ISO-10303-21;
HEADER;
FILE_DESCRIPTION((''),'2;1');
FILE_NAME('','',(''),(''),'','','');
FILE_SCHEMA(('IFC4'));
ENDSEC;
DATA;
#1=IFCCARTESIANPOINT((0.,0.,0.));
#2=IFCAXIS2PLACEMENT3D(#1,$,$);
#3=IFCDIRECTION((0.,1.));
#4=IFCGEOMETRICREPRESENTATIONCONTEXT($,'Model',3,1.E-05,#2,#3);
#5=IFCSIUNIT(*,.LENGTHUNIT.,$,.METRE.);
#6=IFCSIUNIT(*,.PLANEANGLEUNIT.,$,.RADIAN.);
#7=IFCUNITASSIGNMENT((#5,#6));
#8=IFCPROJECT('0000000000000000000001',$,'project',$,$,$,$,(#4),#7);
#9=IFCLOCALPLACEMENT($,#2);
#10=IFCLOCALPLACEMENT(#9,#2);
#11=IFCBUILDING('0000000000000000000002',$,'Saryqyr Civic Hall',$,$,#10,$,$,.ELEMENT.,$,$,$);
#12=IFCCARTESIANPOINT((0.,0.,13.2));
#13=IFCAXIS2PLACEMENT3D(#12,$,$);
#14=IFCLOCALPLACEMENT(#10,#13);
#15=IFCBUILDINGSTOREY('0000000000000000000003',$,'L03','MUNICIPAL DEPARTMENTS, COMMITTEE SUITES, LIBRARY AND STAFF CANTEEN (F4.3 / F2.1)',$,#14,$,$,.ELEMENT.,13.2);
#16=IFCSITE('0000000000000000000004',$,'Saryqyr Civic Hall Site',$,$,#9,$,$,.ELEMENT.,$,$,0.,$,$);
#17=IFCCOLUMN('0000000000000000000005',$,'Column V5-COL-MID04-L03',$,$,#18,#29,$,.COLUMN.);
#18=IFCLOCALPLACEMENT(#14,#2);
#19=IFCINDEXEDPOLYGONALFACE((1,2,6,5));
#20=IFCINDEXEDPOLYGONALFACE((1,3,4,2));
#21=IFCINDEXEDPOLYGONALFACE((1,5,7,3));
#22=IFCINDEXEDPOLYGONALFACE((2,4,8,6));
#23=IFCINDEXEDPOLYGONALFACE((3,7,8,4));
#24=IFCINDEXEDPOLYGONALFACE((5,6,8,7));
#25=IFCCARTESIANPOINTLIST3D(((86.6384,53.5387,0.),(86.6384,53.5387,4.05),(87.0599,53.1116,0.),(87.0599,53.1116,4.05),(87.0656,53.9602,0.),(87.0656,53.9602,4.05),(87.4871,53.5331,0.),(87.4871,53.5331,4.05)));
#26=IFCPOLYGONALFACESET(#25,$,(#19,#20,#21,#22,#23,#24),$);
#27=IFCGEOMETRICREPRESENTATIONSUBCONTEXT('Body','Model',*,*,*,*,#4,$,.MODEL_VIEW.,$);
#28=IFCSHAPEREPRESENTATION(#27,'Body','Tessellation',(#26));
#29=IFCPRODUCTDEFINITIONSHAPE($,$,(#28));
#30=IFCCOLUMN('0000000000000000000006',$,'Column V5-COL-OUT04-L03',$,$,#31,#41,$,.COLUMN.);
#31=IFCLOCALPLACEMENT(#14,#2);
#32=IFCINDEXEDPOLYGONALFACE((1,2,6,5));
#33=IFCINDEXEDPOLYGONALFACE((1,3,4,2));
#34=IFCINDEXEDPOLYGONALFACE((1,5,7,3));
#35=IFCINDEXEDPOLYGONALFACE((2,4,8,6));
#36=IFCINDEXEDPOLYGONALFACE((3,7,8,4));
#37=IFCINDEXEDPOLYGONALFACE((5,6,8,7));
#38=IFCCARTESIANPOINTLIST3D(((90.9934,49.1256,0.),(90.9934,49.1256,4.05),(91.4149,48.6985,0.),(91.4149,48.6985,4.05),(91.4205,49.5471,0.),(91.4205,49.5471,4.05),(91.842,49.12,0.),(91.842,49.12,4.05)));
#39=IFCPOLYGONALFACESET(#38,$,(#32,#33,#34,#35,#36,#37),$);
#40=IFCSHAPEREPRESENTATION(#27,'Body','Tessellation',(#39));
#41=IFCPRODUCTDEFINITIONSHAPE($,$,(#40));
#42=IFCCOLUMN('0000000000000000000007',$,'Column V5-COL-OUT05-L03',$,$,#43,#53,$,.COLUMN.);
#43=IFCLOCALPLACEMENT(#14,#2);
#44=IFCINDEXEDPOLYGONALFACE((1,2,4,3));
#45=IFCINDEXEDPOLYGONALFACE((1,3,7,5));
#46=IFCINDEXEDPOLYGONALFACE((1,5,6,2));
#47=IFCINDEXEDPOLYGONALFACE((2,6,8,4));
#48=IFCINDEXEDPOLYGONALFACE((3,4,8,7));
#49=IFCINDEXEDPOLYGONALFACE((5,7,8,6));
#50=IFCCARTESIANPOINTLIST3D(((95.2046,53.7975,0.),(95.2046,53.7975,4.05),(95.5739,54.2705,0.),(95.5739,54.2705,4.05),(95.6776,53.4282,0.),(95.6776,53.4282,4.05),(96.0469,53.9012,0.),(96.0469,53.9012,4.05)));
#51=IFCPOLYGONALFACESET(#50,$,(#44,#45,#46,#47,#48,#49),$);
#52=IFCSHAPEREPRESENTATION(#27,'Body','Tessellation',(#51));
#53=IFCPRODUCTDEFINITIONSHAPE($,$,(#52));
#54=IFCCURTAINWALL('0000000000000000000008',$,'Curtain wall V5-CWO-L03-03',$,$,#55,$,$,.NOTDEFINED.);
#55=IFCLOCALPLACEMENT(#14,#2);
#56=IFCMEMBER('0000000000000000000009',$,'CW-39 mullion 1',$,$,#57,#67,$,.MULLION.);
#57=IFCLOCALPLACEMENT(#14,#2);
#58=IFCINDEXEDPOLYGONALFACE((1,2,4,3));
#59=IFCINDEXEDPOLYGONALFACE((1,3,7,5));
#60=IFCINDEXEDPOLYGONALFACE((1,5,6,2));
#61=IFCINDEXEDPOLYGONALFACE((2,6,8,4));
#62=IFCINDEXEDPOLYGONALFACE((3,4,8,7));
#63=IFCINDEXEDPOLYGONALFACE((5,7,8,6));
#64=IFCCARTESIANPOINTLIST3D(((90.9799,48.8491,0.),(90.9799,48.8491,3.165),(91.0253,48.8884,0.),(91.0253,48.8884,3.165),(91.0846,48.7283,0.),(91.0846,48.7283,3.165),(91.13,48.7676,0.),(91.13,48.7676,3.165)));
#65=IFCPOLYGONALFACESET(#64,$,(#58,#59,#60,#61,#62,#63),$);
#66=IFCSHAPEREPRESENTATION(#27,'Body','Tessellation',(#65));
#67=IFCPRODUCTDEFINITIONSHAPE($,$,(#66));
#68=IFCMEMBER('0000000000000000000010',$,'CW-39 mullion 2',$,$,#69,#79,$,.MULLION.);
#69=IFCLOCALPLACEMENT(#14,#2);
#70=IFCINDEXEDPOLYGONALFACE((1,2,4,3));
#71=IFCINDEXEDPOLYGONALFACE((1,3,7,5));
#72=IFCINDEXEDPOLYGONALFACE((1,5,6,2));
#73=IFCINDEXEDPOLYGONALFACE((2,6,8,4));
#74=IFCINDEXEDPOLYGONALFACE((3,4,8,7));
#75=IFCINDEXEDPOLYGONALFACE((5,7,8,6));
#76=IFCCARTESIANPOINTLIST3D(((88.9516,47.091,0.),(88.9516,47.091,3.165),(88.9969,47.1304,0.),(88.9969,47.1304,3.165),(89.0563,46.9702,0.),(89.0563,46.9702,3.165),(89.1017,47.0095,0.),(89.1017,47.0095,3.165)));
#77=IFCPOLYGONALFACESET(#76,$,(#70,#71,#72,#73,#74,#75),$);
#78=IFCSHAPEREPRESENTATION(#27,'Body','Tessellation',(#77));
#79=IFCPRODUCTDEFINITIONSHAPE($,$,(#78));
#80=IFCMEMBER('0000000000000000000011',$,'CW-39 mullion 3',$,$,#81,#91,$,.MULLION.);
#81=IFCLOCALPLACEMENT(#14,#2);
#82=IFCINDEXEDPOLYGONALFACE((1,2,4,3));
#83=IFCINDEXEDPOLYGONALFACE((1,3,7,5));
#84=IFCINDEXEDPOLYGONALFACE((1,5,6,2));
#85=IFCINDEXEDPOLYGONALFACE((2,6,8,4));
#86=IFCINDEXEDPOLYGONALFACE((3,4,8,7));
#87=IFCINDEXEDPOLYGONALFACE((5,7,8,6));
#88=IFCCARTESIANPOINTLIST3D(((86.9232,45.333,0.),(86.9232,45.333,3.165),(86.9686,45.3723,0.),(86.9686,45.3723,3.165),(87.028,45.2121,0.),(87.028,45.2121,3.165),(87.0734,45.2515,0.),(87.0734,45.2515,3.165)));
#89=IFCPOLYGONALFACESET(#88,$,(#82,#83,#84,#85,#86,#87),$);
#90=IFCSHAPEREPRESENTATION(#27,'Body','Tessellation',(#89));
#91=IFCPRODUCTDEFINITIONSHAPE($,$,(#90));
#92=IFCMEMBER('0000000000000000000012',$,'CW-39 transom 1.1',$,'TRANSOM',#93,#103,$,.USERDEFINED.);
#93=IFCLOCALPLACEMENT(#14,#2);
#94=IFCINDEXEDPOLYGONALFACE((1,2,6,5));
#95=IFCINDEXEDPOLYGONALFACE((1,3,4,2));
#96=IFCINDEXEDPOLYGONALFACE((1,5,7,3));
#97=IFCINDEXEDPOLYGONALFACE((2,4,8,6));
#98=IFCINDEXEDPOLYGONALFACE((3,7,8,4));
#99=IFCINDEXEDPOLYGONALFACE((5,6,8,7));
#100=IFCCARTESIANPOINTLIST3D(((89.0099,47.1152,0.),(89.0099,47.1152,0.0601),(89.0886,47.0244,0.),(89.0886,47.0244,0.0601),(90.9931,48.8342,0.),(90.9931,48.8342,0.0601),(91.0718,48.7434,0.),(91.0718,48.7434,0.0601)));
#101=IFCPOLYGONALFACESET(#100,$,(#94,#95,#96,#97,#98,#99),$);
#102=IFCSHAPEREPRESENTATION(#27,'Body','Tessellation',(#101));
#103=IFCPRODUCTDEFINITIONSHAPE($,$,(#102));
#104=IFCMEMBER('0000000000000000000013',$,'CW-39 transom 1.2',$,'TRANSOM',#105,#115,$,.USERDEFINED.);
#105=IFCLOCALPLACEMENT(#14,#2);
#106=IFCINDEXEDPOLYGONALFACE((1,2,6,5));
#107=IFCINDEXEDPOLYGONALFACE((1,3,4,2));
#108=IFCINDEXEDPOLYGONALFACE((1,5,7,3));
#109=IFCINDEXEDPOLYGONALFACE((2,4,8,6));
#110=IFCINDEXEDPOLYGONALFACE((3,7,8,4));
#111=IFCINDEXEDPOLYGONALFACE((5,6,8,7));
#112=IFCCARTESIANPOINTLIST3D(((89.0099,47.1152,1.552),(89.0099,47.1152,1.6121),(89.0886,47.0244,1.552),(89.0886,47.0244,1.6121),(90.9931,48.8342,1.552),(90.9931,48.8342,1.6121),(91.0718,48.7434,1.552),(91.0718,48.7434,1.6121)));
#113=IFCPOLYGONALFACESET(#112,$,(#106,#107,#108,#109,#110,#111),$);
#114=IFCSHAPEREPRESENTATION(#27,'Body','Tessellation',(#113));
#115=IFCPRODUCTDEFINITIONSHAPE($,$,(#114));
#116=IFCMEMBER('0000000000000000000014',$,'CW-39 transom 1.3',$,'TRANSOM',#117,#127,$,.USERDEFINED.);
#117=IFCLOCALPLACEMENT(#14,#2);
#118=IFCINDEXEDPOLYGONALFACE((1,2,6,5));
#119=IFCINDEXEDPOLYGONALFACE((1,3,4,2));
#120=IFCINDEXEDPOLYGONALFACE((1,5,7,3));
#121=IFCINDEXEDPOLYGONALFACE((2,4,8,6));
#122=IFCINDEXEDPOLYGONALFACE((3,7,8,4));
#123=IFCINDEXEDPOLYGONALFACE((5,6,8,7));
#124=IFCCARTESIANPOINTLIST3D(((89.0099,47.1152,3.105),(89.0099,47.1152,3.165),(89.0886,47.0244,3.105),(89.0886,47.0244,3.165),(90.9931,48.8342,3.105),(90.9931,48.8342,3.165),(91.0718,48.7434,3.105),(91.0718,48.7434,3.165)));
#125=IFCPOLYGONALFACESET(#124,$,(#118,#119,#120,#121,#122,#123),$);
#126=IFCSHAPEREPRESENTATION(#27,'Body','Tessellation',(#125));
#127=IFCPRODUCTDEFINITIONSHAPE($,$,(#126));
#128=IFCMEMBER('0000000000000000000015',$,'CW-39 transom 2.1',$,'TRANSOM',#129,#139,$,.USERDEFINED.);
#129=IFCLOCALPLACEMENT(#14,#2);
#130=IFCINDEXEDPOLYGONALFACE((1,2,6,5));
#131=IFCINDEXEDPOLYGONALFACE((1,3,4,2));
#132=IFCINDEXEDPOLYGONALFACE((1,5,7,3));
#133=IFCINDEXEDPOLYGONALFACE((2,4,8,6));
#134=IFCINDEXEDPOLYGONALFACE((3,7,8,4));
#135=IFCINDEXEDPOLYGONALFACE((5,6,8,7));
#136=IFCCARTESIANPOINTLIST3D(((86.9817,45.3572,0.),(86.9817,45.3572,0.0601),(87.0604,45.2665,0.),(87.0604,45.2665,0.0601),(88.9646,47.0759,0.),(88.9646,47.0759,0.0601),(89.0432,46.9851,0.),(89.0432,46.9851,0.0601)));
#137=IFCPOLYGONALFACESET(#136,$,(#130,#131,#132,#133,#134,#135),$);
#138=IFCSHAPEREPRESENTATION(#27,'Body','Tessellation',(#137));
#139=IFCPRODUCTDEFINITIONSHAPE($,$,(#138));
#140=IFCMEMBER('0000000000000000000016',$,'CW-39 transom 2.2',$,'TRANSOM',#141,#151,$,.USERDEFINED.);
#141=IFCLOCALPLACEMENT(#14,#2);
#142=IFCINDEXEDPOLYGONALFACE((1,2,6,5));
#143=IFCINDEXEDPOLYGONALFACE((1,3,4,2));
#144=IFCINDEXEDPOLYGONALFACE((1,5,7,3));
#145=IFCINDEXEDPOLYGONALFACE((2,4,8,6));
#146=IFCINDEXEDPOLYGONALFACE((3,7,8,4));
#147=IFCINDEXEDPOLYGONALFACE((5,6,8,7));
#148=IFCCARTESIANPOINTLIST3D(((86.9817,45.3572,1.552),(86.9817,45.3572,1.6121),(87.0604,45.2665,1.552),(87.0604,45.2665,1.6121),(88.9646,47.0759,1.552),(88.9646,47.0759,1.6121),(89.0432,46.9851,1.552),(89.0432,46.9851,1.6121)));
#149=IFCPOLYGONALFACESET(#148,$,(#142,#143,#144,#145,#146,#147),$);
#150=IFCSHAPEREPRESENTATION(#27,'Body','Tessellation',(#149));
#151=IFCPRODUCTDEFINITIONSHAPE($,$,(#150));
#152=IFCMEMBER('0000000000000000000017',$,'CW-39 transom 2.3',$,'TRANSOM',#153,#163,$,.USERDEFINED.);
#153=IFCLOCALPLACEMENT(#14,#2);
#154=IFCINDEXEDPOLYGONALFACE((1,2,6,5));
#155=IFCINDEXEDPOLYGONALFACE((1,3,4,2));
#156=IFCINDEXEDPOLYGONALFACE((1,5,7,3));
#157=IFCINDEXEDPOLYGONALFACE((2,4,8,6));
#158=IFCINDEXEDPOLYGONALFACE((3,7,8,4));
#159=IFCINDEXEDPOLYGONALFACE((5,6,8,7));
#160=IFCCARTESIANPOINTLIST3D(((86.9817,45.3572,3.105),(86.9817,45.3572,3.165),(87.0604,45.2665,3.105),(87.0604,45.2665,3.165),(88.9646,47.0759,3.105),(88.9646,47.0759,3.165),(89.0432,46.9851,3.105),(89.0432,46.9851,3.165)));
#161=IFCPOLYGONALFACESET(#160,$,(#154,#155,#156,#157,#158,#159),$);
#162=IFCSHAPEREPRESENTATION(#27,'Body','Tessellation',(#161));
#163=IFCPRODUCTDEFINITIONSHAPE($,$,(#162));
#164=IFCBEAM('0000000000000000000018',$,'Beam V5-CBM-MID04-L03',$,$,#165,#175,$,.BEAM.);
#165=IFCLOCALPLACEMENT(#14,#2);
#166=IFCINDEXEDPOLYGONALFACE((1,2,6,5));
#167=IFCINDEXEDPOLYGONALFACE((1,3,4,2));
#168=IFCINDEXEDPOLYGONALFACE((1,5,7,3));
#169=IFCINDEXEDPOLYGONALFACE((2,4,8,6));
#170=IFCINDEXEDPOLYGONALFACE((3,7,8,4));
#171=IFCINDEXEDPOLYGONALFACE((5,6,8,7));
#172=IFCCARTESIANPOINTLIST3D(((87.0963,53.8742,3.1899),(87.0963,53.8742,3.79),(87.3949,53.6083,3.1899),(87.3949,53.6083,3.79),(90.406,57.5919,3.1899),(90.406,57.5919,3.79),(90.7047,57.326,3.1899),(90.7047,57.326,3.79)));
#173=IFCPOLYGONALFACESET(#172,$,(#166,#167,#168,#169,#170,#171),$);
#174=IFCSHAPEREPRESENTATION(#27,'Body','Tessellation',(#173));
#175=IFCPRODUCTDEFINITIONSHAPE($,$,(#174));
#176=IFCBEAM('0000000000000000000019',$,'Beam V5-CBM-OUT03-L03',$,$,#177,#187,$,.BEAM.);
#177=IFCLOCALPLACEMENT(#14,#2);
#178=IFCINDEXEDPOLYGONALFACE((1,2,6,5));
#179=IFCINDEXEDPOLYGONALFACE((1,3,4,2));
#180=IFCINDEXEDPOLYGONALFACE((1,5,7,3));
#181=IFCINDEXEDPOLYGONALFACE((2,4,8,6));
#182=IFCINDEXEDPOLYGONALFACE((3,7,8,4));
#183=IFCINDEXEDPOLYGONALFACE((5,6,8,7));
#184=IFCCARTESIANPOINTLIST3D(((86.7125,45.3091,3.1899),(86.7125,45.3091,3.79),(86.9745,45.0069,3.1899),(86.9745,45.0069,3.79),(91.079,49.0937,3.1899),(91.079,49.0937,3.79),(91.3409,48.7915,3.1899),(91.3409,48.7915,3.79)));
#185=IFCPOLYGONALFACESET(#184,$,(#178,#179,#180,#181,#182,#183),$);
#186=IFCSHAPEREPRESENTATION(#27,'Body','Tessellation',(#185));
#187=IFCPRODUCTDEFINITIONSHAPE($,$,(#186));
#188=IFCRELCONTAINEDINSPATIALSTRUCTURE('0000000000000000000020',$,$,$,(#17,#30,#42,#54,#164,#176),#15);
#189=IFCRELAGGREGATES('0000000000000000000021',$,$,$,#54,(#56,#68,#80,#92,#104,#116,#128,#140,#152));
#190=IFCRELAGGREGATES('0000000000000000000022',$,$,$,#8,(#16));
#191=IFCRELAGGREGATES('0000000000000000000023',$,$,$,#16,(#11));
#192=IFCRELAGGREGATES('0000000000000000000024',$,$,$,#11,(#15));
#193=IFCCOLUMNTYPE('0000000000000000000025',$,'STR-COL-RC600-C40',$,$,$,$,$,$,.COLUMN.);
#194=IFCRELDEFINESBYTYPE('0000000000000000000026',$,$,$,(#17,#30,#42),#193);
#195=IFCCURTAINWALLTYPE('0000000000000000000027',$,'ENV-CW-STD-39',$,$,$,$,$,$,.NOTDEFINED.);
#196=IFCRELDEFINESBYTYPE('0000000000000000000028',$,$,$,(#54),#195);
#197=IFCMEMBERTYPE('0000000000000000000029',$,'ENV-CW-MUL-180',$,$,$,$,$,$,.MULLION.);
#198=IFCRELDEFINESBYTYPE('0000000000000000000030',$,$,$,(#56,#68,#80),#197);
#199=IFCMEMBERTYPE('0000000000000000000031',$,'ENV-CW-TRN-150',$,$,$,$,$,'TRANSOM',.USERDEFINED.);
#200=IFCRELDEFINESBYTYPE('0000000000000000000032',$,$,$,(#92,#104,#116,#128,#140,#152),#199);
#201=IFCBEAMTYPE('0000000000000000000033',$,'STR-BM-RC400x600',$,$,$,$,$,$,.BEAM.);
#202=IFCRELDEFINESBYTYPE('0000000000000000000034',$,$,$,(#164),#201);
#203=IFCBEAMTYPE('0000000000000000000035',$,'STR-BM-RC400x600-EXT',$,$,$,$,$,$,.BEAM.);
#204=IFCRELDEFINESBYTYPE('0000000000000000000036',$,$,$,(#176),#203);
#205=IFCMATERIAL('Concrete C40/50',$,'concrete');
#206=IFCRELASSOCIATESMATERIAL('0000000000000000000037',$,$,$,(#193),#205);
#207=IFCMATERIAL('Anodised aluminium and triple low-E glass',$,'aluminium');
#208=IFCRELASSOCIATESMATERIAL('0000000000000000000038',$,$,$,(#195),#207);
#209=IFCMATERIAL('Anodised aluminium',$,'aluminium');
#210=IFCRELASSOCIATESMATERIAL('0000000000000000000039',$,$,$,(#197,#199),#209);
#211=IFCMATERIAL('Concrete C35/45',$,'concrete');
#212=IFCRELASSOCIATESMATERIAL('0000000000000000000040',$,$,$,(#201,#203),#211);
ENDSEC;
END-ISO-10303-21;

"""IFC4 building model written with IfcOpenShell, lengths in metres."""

from ifc_helpers import new_model, si_unit, direction, frame, origin, origin_2d, place, context, subcontext, project, spatial, rectangle, extrude, material, material_profile, profile_set, type_object, element, aggregate, save


model = new_model("IFC4")

# Units and contexts
model_context = context("Model", 3, precision=1e-05, world=origin(), true_north=direction((0.0, 1.0)))
body_context = subcontext(model_context, "Body", "Model", "MODEL_VIEW")
ifc_project = project(units=[si_unit("LENGTHUNIT", "METRE"), si_unit("PLANEANGLEUNIT", "RADIAN")], contexts=[model_context])

# Site, building, storey
site_placement = place(None, origin())
site = spatial("IfcSite", under=ifc_project, at=site_placement, Name="Saryqyr Civic Hall Site", CompositionType="ELEMENT", RefElevation=0.0)
building_placement = place(site_placement, origin())
building = spatial("IfcBuilding", under=site, at=building_placement, Name="Saryqyr Civic Hall", CompositionType="ELEMENT")
storey_placement = place(building_placement, frame((0.0, 0.0, 13.2)))
storey = spatial("IfcBuildingStorey", under=building, at=storey_placement, Name="L03", Description="MUNICIPAL DEPARTMENTS, COMMITTEE SUITES, LIBRARY AND STAFF CANTEEN (F4.3 / F2.1)", CompositionType="ELEMENT", Elevation=13.2)

# Columns
ifc_material_1 = material(Name="Concrete C40/50", Category="concrete")
ifc_material_profile_1 = material_profile(ifc_material_1, rectangle(XDim=0.6001, YDim=0.6001, at=origin_2d()), Name="RC 600x600")
ifc_profile_set_1 = profile_set([ifc_material_profile_1], Name="Concrete C40/50")
column_type = type_object("IfcColumnType", Name="STR-COL-RC600-C40", PredefinedType="COLUMN", material=ifc_profile_set_1)
for number, where, z_axis, x_axis, name in (
    (1, (87.0627, 53.5359, 0.0), (0.0, 0.0, 1.0), (0.702402, -0.711781, 0.0), "Column V5-COL-MID04-L03"),
    (2, (91.4177, 49.1228, 0.0), (0.0, 0.0, 1.0), (0.702402, -0.711781, 0.0), "Column V5-COL-OUT04-L03"),
    (3, (95.6257, 53.8494, 0.0), (0.0, 0.0, 1.0), (0.788226, -0.615386, 0.0), "Column V5-COL-OUT05-L03"),
):
    element("IfcColumn", number, at=place(storey_placement, frame(where, z_axis=z_axis, x_axis=x_axis)), inside=storey, type_object=column_type, Name=name, PredefinedType="COLUMN", context=body_context, shape_type="SweptSolid", body=[
        extrude(rectangle(XDim=0.6001, YDim=0.6001, at=origin_2d()), origin(), (0.0, 0.0, 1.0), 4.05),
    ])

# Curtain wall, members
ifc_material_2 = material(Name="Anodised aluminium and triple low-E glass", Category="aluminium")
curtain_wall_type = type_object("IfcCurtainWallType", Name="ENV-CW-STD-39", PredefinedType="NOTDEFINED", material=ifc_material_2)
curtain_wall_placement = place(storey_placement, origin())
curtain_wall = element("IfcCurtainWall", 4, at=curtain_wall_placement, inside=storey, type_object=curtain_wall_type, Name="Curtain wall V5-CWO-L03-03", PredefinedType="NOTDEFINED")
ifc_material_3 = material(Name="Anodised aluminium", Category="aluminium")
ifc_material_profile_2 = material_profile(ifc_material_3, rectangle(XDim=0.0601, YDim=0.1599, at=origin_2d()), Name="ALU MULLION 60x160")
ifc_profile_set_2 = profile_set([ifc_material_profile_2], Name="Anodised aluminium")
member_type_1 = type_object("IfcMemberType", Name="ENV-CW-MUL-180", PredefinedType="MULLION", material=ifc_profile_set_2)
member_1_placement = place(storey_placement, frame((91.0549, 48.8083, 0.0), z_axis=(0.0, 0.0, 1.0), x_axis=(-0.755657, -0.654967, 0.0)))
member_1 = element("IfcMember", 5, at=member_1_placement, type_object=member_type_1, Name="CW-39 mullion 1", PredefinedType="MULLION", context=body_context, shape_type="SweptSolid", body=[
    extrude(rectangle(XDim=0.0601, YDim=0.1599, at=origin_2d()), origin(), (0.0, 0.0, 1.0), 3.165),
])
member_2_placement = place(storey_placement, frame((89.0266, 47.0503, 0.0), z_axis=(0.0, 0.0, 1.0), x_axis=(-0.755657, -0.654967, 0.0)))
member_2 = element("IfcMember", 6, at=member_2_placement, type_object=member_type_1, Name="CW-39 mullion 2", PredefinedType="MULLION", context=body_context, shape_type="SweptSolid", body=[
    extrude(rectangle(XDim=0.0601, YDim=0.1599, at=origin_2d()), origin(), (0.0, 0.0, 1.0), 3.165),
])
member_3_placement = place(storey_placement, frame((86.9983, 45.2922, 0.0), z_axis=(0.0, 0.0, 1.0), x_axis=(-0.755657, -0.654967, 0.0)))
member_3 = element("IfcMember", 7, at=member_3_placement, type_object=member_type_1, Name="CW-39 mullion 3", PredefinedType="MULLION", context=body_context, shape_type="SweptSolid", body=[
    extrude(rectangle(XDim=0.0601, YDim=0.1599, at=origin_2d()), origin(), (0.0, 0.0, 1.0), 3.165),
])
ifc_material_profile_3 = material_profile(ifc_material_3, rectangle(XDim=0.1201, YDim=0.0601, at=origin_2d()), Name="ALU TRANSOM 120x60")
ifc_profile_set_3 = profile_set([ifc_material_profile_3], Name="Anodised aluminium")
member_type_2 = type_object("IfcMemberType", Name="ENV-CW-TRN-150", ElementType="TRANSOM", PredefinedType="USERDEFINED", material=ifc_profile_set_3)
member_4_placement = place(storey_placement, frame((91.0325, 48.7888, 0.03), z_axis=(-0.75564, -0.654987, 0.0), x_axis=(0.654987, -0.75564, 0.0)))
member_4 = element("IfcMember", 8, at=member_4_placement, type_object=member_type_2, Name="CW-39 transom 1.1", ObjectType="TRANSOM", PredefinedType="USERDEFINED", context=body_context, shape_type="SweptSolid", body=[
    extrude(rectangle(XDim=0.1201, YDim=0.0601, at=origin_2d()), origin(), (0.0, 0.0, 1.0), 2.6245),
])
member_5_placement = place(storey_placement, frame((91.0325, 48.7888, 1.582), z_axis=(-0.75564, -0.654987, 0.0), x_axis=(0.654987, -0.75564, 0.0)))
member_5 = element("IfcMember", 9, at=member_5_placement, type_object=member_type_2, Name="CW-39 transom 1.2", ObjectType="TRANSOM", PredefinedType="USERDEFINED", context=body_context, shape_type="SweptSolid", body=[
    extrude(rectangle(XDim=0.1201, YDim=0.0601, at=origin_2d()), origin(), (0.0, 0.0, 1.0), 2.6245),
])
member_6_placement = place(storey_placement, frame((91.0325, 48.7888, 3.135), z_axis=(-0.75564, -0.654987, 0.0), x_axis=(0.654987, -0.75564, 0.0)))
member_6 = element("IfcMember", 10, at=member_6_placement, type_object=member_type_2, Name="CW-39 transom 1.3", ObjectType="TRANSOM", PredefinedType="USERDEFINED", context=body_context, shape_type="SweptSolid", body=[
    extrude(rectangle(XDim=0.1201, YDim=0.0601, at=origin_2d()), origin(), (0.0, 0.0, 1.0), 2.6245),
])
member_7_placement = place(storey_placement, frame((89.0039, 47.0305, 0.03), z_axis=(-0.755646, -0.65498, 0.0), x_axis=(0.65498, -0.755646, 0.0)))
member_7 = element("IfcMember", 11, at=member_7_placement, type_object=member_type_2, Name="CW-39 transom 2.1", ObjectType="TRANSOM", PredefinedType="USERDEFINED", context=body_context, shape_type="SweptSolid", body=[
    extrude(rectangle(XDim=0.1201, YDim=0.0601, at=origin_2d()), origin(), (0.0, 0.0, 1.0), 2.624),
])
member_8_placement = place(storey_placement, frame((89.0039, 47.0305, 1.582), z_axis=(-0.755646, -0.65498, 0.0), x_axis=(0.65498, -0.755646, 0.0)))
member_8 = element("IfcMember", 12, at=member_8_placement, type_object=member_type_2, Name="CW-39 transom 2.2", ObjectType="TRANSOM", PredefinedType="USERDEFINED", context=body_context, shape_type="SweptSolid", body=[
    extrude(rectangle(XDim=0.1201, YDim=0.0601, at=origin_2d()), origin(), (0.0, 0.0, 1.0), 2.624),
])
member_9_placement = place(storey_placement, frame((89.0039, 47.0305, 3.135), z_axis=(-0.755646, -0.65498, 0.0), x_axis=(0.65498, -0.755646, 0.0)))
member_9 = element("IfcMember", 13, at=member_9_placement, type_object=member_type_2, Name="CW-39 transom 2.3", ObjectType="TRANSOM", PredefinedType="USERDEFINED", context=body_context, shape_type="SweptSolid", body=[
    extrude(rectangle(XDim=0.1201, YDim=0.0601, at=origin_2d()), origin(), (0.0, 0.0, 1.0), 2.624),
])

# Beams
ifc_material_4 = material(Name="Concrete C35/45", Category="concrete")
ifc_material_profile_4 = material_profile(ifc_material_4, rectangle(XDim=0.3999, YDim=0.6001, at=origin_2d()), Name="RC 400x600")
ifc_profile_set_4 = profile_set([ifc_material_profile_4], Name="Concrete C35/45")
beam_type_1 = type_object("IfcBeamType", Name="STR-BM-RC400x600", PredefinedType="BEAM", material=ifc_profile_set_4)
beam_1_placement = place(storey_placement, frame((87.2456, 53.7412, 3.49), z_axis=(0.664939, 0.746898, 0.0), x_axis=(-0.746898, 0.664939, 0.0)))
element("IfcBeam", 14, at=beam_1_placement, inside=storey, type_object=beam_type_1, Name="Beam V5-CBM-MID04-L03", PredefinedType="BEAM", context=body_context, shape_type="SweptSolid", body=[
    extrude(rectangle(XDim=0.3999, YDim=0.6001, at=origin_2d()), origin(), (0.0, 0.0, 1.0), 4.9775),
])
ifc_material_profile_5 = material_profile(ifc_material_4, rectangle(XDim=0.3999, YDim=0.6001, at=origin_2d()), Name="RC 400x600")
ifc_profile_set_5 = profile_set([ifc_material_profile_5], Name="Concrete C35/45")
beam_type_2 = type_object("IfcBeamType", Name="STR-BM-RC400x600-EXT", PredefinedType="BEAM", material=ifc_profile_set_5)
for number, where, z_axis, x_axis, name in (
    (15, (86.8435, 45.158, 3.49), (0.755654, 0.654971, 0.0), (-0.654971, 0.755654, 0.0), "Beam V5-CBM-OUT03-L03"),
):
    element("IfcBeam", number, at=place(storey_placement, frame(where, z_axis=z_axis, x_axis=x_axis)), inside=storey, type_object=beam_type_2, Name=name, PredefinedType="BEAM", context=body_context, shape_type="SweptSolid", body=[
        extrude(rectangle(XDim=0.3999, YDim=0.6001, at=origin_2d()), origin(), (0.0, 0.0, 1.0), 5.7783),
    ])

aggregate(curtain_wall, [member_1, member_2, member_3, member_4, member_5, member_6, member_7, member_8, member_9])

save(model, "model.ifc")
